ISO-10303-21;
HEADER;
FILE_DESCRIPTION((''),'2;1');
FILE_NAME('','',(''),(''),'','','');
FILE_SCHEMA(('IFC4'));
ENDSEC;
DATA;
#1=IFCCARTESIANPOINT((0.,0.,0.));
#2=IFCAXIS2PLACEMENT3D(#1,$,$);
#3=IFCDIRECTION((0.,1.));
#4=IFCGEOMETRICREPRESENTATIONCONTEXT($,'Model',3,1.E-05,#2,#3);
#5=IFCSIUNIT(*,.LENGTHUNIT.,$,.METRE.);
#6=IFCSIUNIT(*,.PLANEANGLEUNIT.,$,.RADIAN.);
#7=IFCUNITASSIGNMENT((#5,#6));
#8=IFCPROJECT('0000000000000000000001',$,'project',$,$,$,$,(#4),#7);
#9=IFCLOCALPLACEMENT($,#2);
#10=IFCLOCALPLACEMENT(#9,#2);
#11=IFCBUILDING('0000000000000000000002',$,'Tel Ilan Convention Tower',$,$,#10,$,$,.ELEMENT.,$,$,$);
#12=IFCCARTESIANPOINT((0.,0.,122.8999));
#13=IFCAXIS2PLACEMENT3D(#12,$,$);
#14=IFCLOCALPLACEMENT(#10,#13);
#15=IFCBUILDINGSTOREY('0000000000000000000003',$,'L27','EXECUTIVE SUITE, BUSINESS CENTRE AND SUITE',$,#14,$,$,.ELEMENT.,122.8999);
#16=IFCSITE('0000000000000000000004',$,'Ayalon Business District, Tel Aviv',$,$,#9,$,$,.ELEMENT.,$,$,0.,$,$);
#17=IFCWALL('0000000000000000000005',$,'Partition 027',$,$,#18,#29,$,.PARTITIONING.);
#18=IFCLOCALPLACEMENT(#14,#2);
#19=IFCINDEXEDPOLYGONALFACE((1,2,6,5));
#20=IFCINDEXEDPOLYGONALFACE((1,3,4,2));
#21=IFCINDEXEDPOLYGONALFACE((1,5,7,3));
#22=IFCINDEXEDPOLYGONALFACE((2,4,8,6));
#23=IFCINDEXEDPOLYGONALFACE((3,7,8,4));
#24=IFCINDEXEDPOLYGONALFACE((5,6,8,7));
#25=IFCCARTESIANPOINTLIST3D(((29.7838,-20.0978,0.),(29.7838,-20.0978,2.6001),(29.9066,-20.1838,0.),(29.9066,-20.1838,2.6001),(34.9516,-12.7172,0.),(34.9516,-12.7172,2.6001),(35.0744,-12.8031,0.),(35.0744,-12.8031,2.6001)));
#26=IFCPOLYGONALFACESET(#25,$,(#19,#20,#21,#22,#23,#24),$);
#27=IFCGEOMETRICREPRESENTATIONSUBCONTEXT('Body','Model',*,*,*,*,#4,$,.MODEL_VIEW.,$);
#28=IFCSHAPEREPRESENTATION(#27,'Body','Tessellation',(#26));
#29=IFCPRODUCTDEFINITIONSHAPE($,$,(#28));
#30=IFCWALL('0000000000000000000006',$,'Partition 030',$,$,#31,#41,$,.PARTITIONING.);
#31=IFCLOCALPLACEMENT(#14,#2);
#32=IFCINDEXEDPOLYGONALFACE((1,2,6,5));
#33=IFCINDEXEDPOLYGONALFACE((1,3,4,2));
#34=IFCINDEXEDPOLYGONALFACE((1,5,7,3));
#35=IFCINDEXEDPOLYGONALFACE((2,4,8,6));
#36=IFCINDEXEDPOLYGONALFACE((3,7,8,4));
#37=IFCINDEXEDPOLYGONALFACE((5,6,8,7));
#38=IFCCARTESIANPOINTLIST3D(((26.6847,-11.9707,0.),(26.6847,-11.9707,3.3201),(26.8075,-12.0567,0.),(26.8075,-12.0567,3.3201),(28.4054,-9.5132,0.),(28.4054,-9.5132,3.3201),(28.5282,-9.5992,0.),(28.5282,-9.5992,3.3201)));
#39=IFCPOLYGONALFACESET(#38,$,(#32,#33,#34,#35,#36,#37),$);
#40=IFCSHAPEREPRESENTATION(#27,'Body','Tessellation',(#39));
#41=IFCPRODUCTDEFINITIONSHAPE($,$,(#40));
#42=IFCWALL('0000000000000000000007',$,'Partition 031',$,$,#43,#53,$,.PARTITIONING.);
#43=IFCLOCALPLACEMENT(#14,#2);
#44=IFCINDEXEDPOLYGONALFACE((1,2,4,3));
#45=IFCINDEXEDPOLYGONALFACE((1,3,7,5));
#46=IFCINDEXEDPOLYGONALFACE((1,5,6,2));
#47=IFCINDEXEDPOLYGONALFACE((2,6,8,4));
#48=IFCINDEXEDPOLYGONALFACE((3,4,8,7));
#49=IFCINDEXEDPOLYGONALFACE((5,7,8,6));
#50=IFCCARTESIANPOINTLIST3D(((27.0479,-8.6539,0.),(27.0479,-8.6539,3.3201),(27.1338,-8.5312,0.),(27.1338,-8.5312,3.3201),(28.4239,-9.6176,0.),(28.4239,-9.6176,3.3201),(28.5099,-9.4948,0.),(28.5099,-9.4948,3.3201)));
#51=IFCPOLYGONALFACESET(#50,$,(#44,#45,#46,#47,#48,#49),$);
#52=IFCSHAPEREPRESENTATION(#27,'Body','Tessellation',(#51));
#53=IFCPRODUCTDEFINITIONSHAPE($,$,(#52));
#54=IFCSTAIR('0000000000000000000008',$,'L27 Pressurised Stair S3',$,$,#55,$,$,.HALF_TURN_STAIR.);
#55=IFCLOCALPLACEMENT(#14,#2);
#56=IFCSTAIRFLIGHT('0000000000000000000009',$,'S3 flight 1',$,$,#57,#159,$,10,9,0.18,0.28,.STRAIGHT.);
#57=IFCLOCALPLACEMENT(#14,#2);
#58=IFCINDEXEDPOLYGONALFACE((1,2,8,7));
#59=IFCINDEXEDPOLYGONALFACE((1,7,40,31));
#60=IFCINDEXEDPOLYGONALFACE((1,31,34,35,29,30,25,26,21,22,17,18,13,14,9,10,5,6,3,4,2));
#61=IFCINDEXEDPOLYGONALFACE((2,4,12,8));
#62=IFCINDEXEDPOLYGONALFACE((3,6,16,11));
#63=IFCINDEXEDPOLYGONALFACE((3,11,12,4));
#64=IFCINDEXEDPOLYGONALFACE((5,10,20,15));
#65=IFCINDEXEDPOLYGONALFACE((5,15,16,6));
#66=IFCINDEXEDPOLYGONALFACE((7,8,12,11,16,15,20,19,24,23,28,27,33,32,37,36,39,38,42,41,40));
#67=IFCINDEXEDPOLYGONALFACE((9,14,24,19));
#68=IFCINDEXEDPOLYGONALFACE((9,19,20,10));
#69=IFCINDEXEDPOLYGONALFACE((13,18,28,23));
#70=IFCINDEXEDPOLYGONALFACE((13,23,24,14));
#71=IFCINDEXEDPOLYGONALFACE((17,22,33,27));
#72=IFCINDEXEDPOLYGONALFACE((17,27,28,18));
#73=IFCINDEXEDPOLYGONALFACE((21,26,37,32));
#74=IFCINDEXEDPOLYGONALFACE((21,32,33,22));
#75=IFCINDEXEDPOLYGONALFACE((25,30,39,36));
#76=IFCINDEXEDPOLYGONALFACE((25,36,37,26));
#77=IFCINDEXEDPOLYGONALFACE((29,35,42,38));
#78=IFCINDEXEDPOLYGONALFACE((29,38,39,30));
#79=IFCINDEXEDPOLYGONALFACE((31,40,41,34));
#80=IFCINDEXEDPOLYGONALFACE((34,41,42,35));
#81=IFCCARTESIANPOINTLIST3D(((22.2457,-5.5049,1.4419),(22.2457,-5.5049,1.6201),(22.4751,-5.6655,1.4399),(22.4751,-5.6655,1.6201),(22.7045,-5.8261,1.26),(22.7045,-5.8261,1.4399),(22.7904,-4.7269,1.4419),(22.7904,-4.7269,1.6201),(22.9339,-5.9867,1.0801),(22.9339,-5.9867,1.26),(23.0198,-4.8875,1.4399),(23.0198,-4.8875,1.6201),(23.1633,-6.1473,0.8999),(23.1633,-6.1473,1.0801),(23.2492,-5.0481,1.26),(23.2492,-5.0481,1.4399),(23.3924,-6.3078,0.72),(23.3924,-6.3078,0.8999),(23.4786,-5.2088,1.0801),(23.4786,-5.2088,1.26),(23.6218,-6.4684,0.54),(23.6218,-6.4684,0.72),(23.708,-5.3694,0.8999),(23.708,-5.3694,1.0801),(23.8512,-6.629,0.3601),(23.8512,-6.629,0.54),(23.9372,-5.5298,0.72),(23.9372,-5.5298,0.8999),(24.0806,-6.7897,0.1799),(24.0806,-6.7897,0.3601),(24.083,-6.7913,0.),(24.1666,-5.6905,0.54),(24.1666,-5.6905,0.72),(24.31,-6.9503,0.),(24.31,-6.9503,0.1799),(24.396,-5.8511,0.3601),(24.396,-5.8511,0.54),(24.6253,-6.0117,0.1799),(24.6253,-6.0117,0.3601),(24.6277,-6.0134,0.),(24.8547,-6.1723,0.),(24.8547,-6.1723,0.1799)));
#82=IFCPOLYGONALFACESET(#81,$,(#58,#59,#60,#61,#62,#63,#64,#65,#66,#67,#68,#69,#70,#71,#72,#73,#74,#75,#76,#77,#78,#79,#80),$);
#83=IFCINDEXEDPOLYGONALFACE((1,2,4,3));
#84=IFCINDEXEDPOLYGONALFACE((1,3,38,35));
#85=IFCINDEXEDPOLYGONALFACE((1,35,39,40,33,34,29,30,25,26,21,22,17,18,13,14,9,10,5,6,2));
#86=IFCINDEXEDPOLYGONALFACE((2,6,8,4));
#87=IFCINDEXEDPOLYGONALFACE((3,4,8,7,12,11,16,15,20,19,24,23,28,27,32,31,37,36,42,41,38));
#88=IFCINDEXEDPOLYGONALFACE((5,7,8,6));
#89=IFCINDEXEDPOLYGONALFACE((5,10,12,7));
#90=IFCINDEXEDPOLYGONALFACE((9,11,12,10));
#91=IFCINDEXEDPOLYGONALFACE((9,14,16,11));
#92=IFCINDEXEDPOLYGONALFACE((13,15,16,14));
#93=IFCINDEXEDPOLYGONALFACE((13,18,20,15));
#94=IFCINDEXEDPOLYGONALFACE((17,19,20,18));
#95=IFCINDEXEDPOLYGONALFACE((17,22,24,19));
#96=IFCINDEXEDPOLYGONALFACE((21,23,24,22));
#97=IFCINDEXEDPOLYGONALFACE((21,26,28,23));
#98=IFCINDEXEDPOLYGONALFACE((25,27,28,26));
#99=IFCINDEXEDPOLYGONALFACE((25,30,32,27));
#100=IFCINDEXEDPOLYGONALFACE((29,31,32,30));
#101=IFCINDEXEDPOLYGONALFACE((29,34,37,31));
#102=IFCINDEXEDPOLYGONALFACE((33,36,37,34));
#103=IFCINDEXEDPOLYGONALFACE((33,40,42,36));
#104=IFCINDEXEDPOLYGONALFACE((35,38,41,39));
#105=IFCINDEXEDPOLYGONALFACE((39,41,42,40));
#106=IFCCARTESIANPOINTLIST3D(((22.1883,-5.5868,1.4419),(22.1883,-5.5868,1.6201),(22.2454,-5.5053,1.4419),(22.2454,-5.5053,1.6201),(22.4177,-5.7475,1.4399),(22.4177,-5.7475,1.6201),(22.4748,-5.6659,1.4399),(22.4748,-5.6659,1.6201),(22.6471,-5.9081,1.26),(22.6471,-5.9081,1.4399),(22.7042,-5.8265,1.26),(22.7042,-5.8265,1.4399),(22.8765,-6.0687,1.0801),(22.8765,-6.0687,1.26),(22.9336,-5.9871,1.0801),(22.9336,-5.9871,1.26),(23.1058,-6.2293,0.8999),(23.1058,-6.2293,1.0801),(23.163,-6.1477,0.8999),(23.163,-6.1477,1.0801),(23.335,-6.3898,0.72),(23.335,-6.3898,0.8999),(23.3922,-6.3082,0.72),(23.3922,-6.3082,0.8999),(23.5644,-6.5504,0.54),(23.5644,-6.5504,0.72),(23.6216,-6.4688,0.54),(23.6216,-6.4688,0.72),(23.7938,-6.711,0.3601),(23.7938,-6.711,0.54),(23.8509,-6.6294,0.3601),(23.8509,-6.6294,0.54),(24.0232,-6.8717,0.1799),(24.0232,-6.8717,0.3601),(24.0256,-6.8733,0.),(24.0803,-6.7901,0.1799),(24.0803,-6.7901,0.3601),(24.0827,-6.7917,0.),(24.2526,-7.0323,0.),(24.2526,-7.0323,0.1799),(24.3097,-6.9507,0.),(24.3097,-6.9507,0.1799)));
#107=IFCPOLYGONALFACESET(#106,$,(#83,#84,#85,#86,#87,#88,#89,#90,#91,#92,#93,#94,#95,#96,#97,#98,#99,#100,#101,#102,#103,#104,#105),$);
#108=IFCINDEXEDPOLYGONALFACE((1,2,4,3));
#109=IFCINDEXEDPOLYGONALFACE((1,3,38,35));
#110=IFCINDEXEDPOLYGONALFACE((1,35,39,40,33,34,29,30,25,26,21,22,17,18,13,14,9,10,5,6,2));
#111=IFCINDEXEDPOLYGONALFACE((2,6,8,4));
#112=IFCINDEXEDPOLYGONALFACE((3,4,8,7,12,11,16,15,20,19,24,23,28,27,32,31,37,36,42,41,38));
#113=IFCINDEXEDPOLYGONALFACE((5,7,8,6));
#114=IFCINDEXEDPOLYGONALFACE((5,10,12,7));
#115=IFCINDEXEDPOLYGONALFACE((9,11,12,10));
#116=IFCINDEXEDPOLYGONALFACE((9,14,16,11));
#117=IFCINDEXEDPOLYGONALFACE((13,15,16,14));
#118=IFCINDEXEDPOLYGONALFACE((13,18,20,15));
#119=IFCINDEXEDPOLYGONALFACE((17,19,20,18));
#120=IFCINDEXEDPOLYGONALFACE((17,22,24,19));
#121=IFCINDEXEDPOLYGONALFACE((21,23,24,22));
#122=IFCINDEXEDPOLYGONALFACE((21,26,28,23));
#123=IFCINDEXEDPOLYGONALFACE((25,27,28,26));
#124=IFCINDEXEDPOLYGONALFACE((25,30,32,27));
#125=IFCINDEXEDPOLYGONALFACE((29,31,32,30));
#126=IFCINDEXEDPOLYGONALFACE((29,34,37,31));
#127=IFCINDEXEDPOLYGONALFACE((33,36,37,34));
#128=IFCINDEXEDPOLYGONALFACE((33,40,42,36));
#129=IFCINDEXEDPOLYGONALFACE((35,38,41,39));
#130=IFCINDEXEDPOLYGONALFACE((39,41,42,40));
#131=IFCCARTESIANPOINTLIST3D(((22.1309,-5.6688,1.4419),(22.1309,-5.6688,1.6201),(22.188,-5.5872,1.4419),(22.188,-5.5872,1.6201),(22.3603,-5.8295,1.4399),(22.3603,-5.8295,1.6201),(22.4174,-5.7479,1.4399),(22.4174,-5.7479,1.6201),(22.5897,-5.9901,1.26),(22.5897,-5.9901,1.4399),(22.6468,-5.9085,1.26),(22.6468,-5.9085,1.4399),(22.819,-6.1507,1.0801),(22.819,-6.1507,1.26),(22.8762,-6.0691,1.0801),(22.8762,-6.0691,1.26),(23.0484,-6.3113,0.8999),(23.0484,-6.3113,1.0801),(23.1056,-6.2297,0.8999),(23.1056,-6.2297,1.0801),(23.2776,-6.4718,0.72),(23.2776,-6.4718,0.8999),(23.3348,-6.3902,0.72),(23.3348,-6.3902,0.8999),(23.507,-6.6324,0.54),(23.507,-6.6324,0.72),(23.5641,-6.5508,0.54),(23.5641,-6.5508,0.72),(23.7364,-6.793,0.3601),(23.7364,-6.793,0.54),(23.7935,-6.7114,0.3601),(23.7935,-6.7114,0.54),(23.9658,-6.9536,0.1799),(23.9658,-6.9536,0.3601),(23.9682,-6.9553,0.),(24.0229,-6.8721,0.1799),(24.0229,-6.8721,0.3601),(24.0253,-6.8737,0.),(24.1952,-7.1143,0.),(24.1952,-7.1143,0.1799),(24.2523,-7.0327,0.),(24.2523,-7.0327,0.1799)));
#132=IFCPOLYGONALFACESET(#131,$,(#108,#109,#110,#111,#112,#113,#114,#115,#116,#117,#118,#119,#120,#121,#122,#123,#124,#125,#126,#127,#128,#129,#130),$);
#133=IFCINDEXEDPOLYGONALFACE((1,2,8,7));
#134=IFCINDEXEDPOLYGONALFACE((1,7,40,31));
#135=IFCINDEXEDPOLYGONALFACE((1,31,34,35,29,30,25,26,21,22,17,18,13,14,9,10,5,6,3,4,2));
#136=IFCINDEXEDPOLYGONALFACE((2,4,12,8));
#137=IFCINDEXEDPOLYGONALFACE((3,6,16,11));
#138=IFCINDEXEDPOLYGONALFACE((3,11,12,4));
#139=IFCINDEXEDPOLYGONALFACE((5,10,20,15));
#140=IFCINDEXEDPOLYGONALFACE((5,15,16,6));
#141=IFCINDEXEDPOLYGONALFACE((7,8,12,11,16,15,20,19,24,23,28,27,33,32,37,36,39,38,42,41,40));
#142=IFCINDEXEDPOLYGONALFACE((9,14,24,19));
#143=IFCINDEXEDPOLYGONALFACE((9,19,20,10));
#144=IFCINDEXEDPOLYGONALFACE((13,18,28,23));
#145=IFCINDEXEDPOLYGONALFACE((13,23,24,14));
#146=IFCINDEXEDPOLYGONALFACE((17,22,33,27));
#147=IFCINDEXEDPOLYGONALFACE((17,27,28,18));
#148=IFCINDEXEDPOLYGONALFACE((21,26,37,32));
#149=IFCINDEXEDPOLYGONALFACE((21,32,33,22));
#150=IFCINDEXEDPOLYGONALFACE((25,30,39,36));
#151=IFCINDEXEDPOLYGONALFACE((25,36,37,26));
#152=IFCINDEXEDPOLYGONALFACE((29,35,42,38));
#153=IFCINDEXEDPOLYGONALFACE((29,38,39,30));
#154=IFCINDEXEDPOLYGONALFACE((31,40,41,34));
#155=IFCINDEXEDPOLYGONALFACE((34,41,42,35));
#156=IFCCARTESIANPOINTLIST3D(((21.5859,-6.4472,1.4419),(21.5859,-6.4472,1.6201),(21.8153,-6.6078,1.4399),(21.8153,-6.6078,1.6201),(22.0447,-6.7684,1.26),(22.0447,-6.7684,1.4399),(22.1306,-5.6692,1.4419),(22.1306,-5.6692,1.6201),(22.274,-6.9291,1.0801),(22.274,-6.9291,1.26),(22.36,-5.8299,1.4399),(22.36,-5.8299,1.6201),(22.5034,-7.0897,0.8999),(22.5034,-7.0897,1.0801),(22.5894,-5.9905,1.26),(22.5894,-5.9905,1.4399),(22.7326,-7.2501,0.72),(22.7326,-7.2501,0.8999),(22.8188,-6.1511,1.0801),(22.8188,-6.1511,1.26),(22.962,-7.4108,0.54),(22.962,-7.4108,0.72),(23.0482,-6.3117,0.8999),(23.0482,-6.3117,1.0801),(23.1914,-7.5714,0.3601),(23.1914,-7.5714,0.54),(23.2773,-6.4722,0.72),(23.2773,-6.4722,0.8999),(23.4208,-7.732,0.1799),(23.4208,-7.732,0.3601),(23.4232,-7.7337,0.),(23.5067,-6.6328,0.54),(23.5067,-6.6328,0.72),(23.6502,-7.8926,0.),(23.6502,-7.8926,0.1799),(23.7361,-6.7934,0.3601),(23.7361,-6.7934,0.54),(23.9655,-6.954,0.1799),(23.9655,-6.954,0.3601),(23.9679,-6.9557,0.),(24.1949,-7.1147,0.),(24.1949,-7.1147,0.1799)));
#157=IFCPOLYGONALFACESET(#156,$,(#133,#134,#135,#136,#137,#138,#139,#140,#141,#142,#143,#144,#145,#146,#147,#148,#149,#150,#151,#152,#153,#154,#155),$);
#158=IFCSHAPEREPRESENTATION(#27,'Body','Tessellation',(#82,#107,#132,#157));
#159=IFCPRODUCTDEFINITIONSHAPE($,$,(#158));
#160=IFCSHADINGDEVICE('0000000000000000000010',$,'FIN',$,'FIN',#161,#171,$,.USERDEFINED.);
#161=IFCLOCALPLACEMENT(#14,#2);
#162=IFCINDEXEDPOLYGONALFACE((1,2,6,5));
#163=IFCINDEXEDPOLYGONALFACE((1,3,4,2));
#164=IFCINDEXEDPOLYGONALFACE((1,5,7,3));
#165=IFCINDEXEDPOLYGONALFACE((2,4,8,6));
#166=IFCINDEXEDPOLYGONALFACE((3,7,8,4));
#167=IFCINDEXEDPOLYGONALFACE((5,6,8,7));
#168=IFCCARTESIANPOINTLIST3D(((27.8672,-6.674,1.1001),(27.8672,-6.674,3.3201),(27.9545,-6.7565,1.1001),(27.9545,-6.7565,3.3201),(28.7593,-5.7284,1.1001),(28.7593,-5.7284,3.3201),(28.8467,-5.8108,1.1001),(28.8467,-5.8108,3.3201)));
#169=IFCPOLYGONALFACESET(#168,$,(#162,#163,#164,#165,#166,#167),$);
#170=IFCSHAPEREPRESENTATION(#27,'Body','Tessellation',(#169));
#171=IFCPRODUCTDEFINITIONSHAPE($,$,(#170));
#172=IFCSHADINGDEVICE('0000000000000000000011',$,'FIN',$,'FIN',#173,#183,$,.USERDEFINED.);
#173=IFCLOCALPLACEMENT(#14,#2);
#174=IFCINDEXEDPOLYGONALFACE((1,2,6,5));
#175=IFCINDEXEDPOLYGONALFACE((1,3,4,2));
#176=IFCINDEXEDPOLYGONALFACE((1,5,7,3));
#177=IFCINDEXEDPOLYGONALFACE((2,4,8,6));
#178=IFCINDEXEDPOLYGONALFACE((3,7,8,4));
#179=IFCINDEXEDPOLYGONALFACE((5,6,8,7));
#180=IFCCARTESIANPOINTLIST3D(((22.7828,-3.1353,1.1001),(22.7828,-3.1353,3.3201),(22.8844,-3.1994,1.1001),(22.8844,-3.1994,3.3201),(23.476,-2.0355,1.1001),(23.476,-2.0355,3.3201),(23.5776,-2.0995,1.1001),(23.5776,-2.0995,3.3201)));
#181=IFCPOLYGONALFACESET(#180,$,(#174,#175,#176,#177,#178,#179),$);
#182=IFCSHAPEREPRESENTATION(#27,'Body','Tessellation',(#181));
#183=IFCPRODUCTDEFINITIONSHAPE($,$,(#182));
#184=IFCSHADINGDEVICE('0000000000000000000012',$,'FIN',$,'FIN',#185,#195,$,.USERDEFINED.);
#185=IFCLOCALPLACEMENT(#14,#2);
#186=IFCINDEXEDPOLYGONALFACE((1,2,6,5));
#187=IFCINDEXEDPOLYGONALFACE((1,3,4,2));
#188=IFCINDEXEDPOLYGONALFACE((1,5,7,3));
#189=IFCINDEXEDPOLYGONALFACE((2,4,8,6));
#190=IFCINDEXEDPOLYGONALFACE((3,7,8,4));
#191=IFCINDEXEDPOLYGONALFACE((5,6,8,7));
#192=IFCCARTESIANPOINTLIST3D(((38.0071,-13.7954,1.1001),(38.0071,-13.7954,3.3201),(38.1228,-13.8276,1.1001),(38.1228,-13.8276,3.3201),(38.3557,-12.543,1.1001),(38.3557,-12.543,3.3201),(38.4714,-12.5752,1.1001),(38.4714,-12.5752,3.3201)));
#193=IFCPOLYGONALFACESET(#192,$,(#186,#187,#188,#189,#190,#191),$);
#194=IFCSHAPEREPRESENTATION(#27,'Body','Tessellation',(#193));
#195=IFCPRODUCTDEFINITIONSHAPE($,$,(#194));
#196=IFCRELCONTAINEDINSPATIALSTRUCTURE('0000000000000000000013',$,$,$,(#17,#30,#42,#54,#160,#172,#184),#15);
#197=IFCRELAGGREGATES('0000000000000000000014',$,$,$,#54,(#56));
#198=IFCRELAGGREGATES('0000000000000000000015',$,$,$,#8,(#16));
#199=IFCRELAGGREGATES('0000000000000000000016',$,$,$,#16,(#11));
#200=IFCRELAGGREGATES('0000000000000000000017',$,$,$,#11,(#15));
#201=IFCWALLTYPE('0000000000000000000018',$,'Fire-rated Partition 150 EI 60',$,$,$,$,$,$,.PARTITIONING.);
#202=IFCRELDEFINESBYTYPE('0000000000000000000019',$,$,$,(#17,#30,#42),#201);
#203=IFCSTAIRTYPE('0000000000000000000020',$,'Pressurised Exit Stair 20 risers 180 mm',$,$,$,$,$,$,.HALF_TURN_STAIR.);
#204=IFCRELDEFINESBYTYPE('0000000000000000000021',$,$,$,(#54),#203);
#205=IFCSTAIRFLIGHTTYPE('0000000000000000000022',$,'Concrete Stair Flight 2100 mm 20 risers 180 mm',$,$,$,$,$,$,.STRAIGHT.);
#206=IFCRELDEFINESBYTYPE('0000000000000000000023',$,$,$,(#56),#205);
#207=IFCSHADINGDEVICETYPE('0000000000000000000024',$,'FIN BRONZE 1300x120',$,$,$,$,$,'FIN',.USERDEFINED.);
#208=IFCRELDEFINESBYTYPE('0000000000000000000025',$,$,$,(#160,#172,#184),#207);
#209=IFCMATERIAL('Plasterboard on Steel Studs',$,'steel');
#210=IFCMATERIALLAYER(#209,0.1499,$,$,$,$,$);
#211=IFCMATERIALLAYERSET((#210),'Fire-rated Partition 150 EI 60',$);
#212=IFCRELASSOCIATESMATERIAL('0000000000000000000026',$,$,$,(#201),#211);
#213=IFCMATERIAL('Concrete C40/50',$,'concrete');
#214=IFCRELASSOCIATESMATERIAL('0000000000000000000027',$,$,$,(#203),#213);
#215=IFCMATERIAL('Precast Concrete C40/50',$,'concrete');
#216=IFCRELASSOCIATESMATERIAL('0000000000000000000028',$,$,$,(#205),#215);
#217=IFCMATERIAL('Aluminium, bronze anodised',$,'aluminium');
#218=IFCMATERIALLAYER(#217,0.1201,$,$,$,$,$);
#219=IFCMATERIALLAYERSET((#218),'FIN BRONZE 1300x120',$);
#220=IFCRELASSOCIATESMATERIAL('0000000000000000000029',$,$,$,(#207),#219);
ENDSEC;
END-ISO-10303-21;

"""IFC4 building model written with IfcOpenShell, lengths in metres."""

from ifc_helpers import new_model, si_unit, direction, frame, frame_2d, origin, origin_2d, place, context, subcontext, project, spatial, polyline, rectangle, outline, extrude, material, layer, layer_set, type_object, element, aggregate, save


model = new_model("IFC4")

# Units and contexts
model_context = context("Model", 3, precision=1e-05, world=origin(), true_north=direction((0.0, 1.0)))
body_context = subcontext(model_context, "Body", "Model", "MODEL_VIEW")
ifc_project = project(units=[si_unit("LENGTHUNIT", "METRE"), si_unit("PLANEANGLEUNIT", "RADIAN")], contexts=[model_context])

# Site, building, storey
site_placement = place(None, origin())
site = spatial("IfcSite", under=ifc_project, at=site_placement, Name="Ayalon Business District, Tel Aviv", CompositionType="ELEMENT", RefElevation=0.0)
building_placement = place(site_placement, origin())
building = spatial("IfcBuilding", under=site, at=building_placement, Name="Tel Ilan Convention Tower", CompositionType="ELEMENT")
storey_placement = place(building_placement, frame((0.0, 0.0, 122.8999)))
storey = spatial("IfcBuildingStorey", under=building, at=storey_placement, Name="L27", Description="EXECUTIVE SUITE, BUSINESS CENTRE AND SUITE", CompositionType="ELEMENT", Elevation=122.8999)

# Walls
ifc_material_1 = material(Name="Plasterboard on Steel Studs", Category="steel")
ifc_layer_1 = layer(ifc_material_1, 0.1499)
ifc_layer_set_1 = layer_set([ifc_layer_1], Name="Fire-rated Partition 150 EI 60")
wall_type = type_object("IfcWallType", Name="Fire-rated Partition 150 EI 60", PredefinedType="PARTITIONING", material=ifc_layer_set_1)
wall_1_placement = place(storey_placement, frame((35.0129, -12.7603, 0.0), z_axis=(0.0, 0.0, 1.0), x_axis=(-0.573559, -0.819164, 0.0)))
element("IfcWall", 1, at=wall_1_placement, inside=storey, type_object=wall_type, Name="Partition 027", PredefinedType="PARTITIONING", context=body_context, shape_type="SweptSolid", body=[
    extrude(rectangle(XDim=9.01, YDim=0.1499, at=frame_2d((4.5049, 0.0))), origin(), (0.0, 0.0, 1.0), 2.6001),
])
wall_2_placement = place(storey_placement, frame((26.7461, -12.0137, 0.0), z_axis=(0.0, 0.0, 1.0), x_axis=(0.573561, 0.819163, 0.0)))
element("IfcWall", 2, at=wall_2_placement, inside=storey, type_object=wall_type, Name="Partition 030", PredefinedType="PARTITIONING", context=body_context, shape_type="SweptSolid", body=[
    extrude(rectangle(XDim=3.0, YDim=0.1499, at=frame_2d((1.5, 0.0))), origin(), (0.0, 0.0, 1.0), 3.3201),
])
wall_3_placement = place(storey_placement, frame((28.4668, -9.5562, 0.0), z_axis=(0.0, 0.0, 1.0), x_axis=(-0.819109, 0.573638, 0.0)))
element("IfcWall", 3, at=wall_3_placement, inside=storey, type_object=wall_type, Name="Partition 031", PredefinedType="PARTITIONING", context=body_context, shape_type="SweptSolid", body=[
    extrude(rectangle(XDim=1.6799, YDim=0.1499, at=frame_2d((0.8398, 0.0))), origin(), (0.0, 0.0, 1.0), 3.3201),
])

# Stair, stair flight
ifc_material_2 = material(Name="Concrete C40/50", Category="concrete")
stair_type = type_object("IfcStairType", Name="Pressurised Exit Stair 20 risers 180 mm", PredefinedType="HALF_TURN_STAIR", material=ifc_material_2)
stair_placement = place(storey_placement, origin())
stair = element("IfcStair", 4, at=stair_placement, inside=storey, type_object=stair_type, Name="L27 Pressurised Stair S3", PredefinedType="HALF_TURN_STAIR")
ifc_material_3 = material(Name="Precast Concrete C40/50", Category="concrete")
stair_flight_type = type_object("IfcStairFlightType", Name="Concrete Stair Flight 2100 mm 20 risers 180 mm", PredefinedType="STRAIGHT", material=ifc_material_3)
stair_flight_placement = place(storey_placement, frame((24.2524, -7.0325, 0.0), z_axis=(0.0, 0.0, 1.0), x_axis=(-0.819152, 0.573576, 0.0)))
stair_flight = element("IfcStairFlight", 5, at=stair_flight_placement, type_object=stair_flight_type, Name="S3 flight 1", NumberOfRisers=10, NumberOfTreads=9, PredefinedType="STRAIGHT", RiserHeight=0.18, TreadLength=0.28, context=body_context, shape_type="SweptSolid", body=[
    extrude(outline(polyline([(0.0, 0.0), (0.0, 0.1799), (0.28, 0.1799), (0.28, 0.3601), (0.5601, 0.3601), (0.5601, 0.54), (0.8401, 0.54), (0.8401, 0.72), (1.1201, 0.72), (1.1201, 0.8999), (1.3999, 0.8999), (1.3999, 1.0801), (1.6799, 1.0801), (1.6799, 1.26), (1.96, 1.26), (1.96, 1.4399), (2.24, 1.4399), (2.24, 1.6201), (2.52, 1.6201), (2.52, 1.8), (2.52, 1.4419), (0.2771, 0.0), (0.0, 0.0)])), frame((0.0, -0.1003, 0.0), z_axis=(0.0, -1.0, 0.0), x_axis=(1.0, 0.0, 0.0)), (0.0, 0.0, 1.0), 0.9497),
    extrude(outline(polyline([(0.0, 0.0), (0.0, 0.1799), (0.28, 0.1799), (0.28, 0.3601), (0.5601, 0.3601), (0.5601, 0.54), (0.8401, 0.54), (0.8401, 0.72), (1.1201, 0.72), (1.1201, 0.8999), (1.3999, 0.8999), (1.3999, 1.0801), (1.6799, 1.0801), (1.6799, 1.26), (1.96, 1.26), (1.96, 1.4399), (2.24, 1.4399), (2.24, 1.6201), (2.52, 1.6201), (2.52, 1.8), (2.52, 1.4419), (0.2771, 0.0), (0.0, 0.0)])), frame((0.0, -0.0002, 0.0), z_axis=(0.0, -1.0, 0.0), x_axis=(1.0, 0.0, 0.0)), (0.0, 0.0, 1.0), 0.0996),
    extrude(outline(polyline([(0.0, 0.0), (0.0, 0.1799), (0.28, 0.1799), (0.28, 0.3601), (0.5601, 0.3601), (0.5601, 0.54), (0.8401, 0.54), (0.8401, 0.72), (1.1201, 0.72), (1.1201, 0.8999), (1.3999, 0.8999), (1.3999, 1.0801), (1.6799, 1.0801), (1.6799, 1.26), (1.96, 1.26), (1.96, 1.4399), (2.24, 1.4399), (2.24, 1.6201), (2.52, 1.6201), (2.52, 1.8), (2.52, 1.4419), (0.2771, 0.0), (0.0, 0.0)])), frame((0.0, 0.0999, 0.0), z_axis=(0.0, -1.0, 0.0), x_axis=(1.0, 0.0, 0.0)), (0.0, 0.0, 1.0), 0.0996),
    extrude(outline(polyline([(0.0, 0.0), (0.0, 0.1799), (0.28, 0.1799), (0.28, 0.3601), (0.5601, 0.3601), (0.5601, 0.54), (0.8401, 0.54), (0.8401, 0.72), (1.1201, 0.72), (1.1201, 0.8999), (1.3999, 0.8999), (1.3999, 1.0801), (1.6799, 1.0801), (1.6799, 1.26), (1.96, 1.26), (1.96, 1.4399), (2.24, 1.4399), (2.24, 1.6201), (2.52, 1.6201), (2.52, 1.8), (2.52, 1.4419), (0.2771, 0.0), (0.0, 0.0)])), frame((0.0, 1.05, 0.0), z_axis=(0.0, -1.0, 0.0), x_axis=(1.0, 0.0, 0.0)), (0.0, 0.0, 1.0), 0.9497),
])
aggregate(stair, [stair_flight])

# Shading devices
ifc_material_4 = material(Name="Aluminium, bronze anodised", Category="aluminium")
ifc_layer_2 = layer(ifc_material_4, 0.1201)
ifc_layer_set_2 = layer_set([ifc_layer_2], Name="FIN BRONZE 1300x120")
shading_device_type = type_object("IfcShadingDeviceType", Name="FIN BRONZE 1300x120", ElementType="FIN", PredefinedType="USERDEFINED", material=ifc_layer_set_2)
for number, where, z_axis, x_axis, name in (
    (6, (28.3569, -6.2424, 1.1001), (0.0, 0.0, 1.0), (0.686242, 0.727374, 0.0), "FIN"),
    (7, (23.1802, -2.6174, 1.1001), (0.0, 0.0, 1.0), (0.533204, 0.845986, 0.0), "FIN"),
    (8, (38.2393, -13.1853, 1.1001), (0.0, 0.0, 1.0), (0.268173, 0.963371, 0.0), "FIN"),
):
    element("IfcShadingDevice", number, at=place(storey_placement, frame(where, z_axis=z_axis, x_axis=x_axis)), inside=storey, type_object=shading_device_type, Name=name, ObjectType="FIN", PredefinedType="USERDEFINED", context=body_context, shape_type="SweptSolid", body=[
        extrude(rectangle(XDim=1.3, YDim=0.1201, at=origin_2d()), origin(), (0.0, 0.0, 1.0), 2.22),
    ])

save(model, "model.ifc")
